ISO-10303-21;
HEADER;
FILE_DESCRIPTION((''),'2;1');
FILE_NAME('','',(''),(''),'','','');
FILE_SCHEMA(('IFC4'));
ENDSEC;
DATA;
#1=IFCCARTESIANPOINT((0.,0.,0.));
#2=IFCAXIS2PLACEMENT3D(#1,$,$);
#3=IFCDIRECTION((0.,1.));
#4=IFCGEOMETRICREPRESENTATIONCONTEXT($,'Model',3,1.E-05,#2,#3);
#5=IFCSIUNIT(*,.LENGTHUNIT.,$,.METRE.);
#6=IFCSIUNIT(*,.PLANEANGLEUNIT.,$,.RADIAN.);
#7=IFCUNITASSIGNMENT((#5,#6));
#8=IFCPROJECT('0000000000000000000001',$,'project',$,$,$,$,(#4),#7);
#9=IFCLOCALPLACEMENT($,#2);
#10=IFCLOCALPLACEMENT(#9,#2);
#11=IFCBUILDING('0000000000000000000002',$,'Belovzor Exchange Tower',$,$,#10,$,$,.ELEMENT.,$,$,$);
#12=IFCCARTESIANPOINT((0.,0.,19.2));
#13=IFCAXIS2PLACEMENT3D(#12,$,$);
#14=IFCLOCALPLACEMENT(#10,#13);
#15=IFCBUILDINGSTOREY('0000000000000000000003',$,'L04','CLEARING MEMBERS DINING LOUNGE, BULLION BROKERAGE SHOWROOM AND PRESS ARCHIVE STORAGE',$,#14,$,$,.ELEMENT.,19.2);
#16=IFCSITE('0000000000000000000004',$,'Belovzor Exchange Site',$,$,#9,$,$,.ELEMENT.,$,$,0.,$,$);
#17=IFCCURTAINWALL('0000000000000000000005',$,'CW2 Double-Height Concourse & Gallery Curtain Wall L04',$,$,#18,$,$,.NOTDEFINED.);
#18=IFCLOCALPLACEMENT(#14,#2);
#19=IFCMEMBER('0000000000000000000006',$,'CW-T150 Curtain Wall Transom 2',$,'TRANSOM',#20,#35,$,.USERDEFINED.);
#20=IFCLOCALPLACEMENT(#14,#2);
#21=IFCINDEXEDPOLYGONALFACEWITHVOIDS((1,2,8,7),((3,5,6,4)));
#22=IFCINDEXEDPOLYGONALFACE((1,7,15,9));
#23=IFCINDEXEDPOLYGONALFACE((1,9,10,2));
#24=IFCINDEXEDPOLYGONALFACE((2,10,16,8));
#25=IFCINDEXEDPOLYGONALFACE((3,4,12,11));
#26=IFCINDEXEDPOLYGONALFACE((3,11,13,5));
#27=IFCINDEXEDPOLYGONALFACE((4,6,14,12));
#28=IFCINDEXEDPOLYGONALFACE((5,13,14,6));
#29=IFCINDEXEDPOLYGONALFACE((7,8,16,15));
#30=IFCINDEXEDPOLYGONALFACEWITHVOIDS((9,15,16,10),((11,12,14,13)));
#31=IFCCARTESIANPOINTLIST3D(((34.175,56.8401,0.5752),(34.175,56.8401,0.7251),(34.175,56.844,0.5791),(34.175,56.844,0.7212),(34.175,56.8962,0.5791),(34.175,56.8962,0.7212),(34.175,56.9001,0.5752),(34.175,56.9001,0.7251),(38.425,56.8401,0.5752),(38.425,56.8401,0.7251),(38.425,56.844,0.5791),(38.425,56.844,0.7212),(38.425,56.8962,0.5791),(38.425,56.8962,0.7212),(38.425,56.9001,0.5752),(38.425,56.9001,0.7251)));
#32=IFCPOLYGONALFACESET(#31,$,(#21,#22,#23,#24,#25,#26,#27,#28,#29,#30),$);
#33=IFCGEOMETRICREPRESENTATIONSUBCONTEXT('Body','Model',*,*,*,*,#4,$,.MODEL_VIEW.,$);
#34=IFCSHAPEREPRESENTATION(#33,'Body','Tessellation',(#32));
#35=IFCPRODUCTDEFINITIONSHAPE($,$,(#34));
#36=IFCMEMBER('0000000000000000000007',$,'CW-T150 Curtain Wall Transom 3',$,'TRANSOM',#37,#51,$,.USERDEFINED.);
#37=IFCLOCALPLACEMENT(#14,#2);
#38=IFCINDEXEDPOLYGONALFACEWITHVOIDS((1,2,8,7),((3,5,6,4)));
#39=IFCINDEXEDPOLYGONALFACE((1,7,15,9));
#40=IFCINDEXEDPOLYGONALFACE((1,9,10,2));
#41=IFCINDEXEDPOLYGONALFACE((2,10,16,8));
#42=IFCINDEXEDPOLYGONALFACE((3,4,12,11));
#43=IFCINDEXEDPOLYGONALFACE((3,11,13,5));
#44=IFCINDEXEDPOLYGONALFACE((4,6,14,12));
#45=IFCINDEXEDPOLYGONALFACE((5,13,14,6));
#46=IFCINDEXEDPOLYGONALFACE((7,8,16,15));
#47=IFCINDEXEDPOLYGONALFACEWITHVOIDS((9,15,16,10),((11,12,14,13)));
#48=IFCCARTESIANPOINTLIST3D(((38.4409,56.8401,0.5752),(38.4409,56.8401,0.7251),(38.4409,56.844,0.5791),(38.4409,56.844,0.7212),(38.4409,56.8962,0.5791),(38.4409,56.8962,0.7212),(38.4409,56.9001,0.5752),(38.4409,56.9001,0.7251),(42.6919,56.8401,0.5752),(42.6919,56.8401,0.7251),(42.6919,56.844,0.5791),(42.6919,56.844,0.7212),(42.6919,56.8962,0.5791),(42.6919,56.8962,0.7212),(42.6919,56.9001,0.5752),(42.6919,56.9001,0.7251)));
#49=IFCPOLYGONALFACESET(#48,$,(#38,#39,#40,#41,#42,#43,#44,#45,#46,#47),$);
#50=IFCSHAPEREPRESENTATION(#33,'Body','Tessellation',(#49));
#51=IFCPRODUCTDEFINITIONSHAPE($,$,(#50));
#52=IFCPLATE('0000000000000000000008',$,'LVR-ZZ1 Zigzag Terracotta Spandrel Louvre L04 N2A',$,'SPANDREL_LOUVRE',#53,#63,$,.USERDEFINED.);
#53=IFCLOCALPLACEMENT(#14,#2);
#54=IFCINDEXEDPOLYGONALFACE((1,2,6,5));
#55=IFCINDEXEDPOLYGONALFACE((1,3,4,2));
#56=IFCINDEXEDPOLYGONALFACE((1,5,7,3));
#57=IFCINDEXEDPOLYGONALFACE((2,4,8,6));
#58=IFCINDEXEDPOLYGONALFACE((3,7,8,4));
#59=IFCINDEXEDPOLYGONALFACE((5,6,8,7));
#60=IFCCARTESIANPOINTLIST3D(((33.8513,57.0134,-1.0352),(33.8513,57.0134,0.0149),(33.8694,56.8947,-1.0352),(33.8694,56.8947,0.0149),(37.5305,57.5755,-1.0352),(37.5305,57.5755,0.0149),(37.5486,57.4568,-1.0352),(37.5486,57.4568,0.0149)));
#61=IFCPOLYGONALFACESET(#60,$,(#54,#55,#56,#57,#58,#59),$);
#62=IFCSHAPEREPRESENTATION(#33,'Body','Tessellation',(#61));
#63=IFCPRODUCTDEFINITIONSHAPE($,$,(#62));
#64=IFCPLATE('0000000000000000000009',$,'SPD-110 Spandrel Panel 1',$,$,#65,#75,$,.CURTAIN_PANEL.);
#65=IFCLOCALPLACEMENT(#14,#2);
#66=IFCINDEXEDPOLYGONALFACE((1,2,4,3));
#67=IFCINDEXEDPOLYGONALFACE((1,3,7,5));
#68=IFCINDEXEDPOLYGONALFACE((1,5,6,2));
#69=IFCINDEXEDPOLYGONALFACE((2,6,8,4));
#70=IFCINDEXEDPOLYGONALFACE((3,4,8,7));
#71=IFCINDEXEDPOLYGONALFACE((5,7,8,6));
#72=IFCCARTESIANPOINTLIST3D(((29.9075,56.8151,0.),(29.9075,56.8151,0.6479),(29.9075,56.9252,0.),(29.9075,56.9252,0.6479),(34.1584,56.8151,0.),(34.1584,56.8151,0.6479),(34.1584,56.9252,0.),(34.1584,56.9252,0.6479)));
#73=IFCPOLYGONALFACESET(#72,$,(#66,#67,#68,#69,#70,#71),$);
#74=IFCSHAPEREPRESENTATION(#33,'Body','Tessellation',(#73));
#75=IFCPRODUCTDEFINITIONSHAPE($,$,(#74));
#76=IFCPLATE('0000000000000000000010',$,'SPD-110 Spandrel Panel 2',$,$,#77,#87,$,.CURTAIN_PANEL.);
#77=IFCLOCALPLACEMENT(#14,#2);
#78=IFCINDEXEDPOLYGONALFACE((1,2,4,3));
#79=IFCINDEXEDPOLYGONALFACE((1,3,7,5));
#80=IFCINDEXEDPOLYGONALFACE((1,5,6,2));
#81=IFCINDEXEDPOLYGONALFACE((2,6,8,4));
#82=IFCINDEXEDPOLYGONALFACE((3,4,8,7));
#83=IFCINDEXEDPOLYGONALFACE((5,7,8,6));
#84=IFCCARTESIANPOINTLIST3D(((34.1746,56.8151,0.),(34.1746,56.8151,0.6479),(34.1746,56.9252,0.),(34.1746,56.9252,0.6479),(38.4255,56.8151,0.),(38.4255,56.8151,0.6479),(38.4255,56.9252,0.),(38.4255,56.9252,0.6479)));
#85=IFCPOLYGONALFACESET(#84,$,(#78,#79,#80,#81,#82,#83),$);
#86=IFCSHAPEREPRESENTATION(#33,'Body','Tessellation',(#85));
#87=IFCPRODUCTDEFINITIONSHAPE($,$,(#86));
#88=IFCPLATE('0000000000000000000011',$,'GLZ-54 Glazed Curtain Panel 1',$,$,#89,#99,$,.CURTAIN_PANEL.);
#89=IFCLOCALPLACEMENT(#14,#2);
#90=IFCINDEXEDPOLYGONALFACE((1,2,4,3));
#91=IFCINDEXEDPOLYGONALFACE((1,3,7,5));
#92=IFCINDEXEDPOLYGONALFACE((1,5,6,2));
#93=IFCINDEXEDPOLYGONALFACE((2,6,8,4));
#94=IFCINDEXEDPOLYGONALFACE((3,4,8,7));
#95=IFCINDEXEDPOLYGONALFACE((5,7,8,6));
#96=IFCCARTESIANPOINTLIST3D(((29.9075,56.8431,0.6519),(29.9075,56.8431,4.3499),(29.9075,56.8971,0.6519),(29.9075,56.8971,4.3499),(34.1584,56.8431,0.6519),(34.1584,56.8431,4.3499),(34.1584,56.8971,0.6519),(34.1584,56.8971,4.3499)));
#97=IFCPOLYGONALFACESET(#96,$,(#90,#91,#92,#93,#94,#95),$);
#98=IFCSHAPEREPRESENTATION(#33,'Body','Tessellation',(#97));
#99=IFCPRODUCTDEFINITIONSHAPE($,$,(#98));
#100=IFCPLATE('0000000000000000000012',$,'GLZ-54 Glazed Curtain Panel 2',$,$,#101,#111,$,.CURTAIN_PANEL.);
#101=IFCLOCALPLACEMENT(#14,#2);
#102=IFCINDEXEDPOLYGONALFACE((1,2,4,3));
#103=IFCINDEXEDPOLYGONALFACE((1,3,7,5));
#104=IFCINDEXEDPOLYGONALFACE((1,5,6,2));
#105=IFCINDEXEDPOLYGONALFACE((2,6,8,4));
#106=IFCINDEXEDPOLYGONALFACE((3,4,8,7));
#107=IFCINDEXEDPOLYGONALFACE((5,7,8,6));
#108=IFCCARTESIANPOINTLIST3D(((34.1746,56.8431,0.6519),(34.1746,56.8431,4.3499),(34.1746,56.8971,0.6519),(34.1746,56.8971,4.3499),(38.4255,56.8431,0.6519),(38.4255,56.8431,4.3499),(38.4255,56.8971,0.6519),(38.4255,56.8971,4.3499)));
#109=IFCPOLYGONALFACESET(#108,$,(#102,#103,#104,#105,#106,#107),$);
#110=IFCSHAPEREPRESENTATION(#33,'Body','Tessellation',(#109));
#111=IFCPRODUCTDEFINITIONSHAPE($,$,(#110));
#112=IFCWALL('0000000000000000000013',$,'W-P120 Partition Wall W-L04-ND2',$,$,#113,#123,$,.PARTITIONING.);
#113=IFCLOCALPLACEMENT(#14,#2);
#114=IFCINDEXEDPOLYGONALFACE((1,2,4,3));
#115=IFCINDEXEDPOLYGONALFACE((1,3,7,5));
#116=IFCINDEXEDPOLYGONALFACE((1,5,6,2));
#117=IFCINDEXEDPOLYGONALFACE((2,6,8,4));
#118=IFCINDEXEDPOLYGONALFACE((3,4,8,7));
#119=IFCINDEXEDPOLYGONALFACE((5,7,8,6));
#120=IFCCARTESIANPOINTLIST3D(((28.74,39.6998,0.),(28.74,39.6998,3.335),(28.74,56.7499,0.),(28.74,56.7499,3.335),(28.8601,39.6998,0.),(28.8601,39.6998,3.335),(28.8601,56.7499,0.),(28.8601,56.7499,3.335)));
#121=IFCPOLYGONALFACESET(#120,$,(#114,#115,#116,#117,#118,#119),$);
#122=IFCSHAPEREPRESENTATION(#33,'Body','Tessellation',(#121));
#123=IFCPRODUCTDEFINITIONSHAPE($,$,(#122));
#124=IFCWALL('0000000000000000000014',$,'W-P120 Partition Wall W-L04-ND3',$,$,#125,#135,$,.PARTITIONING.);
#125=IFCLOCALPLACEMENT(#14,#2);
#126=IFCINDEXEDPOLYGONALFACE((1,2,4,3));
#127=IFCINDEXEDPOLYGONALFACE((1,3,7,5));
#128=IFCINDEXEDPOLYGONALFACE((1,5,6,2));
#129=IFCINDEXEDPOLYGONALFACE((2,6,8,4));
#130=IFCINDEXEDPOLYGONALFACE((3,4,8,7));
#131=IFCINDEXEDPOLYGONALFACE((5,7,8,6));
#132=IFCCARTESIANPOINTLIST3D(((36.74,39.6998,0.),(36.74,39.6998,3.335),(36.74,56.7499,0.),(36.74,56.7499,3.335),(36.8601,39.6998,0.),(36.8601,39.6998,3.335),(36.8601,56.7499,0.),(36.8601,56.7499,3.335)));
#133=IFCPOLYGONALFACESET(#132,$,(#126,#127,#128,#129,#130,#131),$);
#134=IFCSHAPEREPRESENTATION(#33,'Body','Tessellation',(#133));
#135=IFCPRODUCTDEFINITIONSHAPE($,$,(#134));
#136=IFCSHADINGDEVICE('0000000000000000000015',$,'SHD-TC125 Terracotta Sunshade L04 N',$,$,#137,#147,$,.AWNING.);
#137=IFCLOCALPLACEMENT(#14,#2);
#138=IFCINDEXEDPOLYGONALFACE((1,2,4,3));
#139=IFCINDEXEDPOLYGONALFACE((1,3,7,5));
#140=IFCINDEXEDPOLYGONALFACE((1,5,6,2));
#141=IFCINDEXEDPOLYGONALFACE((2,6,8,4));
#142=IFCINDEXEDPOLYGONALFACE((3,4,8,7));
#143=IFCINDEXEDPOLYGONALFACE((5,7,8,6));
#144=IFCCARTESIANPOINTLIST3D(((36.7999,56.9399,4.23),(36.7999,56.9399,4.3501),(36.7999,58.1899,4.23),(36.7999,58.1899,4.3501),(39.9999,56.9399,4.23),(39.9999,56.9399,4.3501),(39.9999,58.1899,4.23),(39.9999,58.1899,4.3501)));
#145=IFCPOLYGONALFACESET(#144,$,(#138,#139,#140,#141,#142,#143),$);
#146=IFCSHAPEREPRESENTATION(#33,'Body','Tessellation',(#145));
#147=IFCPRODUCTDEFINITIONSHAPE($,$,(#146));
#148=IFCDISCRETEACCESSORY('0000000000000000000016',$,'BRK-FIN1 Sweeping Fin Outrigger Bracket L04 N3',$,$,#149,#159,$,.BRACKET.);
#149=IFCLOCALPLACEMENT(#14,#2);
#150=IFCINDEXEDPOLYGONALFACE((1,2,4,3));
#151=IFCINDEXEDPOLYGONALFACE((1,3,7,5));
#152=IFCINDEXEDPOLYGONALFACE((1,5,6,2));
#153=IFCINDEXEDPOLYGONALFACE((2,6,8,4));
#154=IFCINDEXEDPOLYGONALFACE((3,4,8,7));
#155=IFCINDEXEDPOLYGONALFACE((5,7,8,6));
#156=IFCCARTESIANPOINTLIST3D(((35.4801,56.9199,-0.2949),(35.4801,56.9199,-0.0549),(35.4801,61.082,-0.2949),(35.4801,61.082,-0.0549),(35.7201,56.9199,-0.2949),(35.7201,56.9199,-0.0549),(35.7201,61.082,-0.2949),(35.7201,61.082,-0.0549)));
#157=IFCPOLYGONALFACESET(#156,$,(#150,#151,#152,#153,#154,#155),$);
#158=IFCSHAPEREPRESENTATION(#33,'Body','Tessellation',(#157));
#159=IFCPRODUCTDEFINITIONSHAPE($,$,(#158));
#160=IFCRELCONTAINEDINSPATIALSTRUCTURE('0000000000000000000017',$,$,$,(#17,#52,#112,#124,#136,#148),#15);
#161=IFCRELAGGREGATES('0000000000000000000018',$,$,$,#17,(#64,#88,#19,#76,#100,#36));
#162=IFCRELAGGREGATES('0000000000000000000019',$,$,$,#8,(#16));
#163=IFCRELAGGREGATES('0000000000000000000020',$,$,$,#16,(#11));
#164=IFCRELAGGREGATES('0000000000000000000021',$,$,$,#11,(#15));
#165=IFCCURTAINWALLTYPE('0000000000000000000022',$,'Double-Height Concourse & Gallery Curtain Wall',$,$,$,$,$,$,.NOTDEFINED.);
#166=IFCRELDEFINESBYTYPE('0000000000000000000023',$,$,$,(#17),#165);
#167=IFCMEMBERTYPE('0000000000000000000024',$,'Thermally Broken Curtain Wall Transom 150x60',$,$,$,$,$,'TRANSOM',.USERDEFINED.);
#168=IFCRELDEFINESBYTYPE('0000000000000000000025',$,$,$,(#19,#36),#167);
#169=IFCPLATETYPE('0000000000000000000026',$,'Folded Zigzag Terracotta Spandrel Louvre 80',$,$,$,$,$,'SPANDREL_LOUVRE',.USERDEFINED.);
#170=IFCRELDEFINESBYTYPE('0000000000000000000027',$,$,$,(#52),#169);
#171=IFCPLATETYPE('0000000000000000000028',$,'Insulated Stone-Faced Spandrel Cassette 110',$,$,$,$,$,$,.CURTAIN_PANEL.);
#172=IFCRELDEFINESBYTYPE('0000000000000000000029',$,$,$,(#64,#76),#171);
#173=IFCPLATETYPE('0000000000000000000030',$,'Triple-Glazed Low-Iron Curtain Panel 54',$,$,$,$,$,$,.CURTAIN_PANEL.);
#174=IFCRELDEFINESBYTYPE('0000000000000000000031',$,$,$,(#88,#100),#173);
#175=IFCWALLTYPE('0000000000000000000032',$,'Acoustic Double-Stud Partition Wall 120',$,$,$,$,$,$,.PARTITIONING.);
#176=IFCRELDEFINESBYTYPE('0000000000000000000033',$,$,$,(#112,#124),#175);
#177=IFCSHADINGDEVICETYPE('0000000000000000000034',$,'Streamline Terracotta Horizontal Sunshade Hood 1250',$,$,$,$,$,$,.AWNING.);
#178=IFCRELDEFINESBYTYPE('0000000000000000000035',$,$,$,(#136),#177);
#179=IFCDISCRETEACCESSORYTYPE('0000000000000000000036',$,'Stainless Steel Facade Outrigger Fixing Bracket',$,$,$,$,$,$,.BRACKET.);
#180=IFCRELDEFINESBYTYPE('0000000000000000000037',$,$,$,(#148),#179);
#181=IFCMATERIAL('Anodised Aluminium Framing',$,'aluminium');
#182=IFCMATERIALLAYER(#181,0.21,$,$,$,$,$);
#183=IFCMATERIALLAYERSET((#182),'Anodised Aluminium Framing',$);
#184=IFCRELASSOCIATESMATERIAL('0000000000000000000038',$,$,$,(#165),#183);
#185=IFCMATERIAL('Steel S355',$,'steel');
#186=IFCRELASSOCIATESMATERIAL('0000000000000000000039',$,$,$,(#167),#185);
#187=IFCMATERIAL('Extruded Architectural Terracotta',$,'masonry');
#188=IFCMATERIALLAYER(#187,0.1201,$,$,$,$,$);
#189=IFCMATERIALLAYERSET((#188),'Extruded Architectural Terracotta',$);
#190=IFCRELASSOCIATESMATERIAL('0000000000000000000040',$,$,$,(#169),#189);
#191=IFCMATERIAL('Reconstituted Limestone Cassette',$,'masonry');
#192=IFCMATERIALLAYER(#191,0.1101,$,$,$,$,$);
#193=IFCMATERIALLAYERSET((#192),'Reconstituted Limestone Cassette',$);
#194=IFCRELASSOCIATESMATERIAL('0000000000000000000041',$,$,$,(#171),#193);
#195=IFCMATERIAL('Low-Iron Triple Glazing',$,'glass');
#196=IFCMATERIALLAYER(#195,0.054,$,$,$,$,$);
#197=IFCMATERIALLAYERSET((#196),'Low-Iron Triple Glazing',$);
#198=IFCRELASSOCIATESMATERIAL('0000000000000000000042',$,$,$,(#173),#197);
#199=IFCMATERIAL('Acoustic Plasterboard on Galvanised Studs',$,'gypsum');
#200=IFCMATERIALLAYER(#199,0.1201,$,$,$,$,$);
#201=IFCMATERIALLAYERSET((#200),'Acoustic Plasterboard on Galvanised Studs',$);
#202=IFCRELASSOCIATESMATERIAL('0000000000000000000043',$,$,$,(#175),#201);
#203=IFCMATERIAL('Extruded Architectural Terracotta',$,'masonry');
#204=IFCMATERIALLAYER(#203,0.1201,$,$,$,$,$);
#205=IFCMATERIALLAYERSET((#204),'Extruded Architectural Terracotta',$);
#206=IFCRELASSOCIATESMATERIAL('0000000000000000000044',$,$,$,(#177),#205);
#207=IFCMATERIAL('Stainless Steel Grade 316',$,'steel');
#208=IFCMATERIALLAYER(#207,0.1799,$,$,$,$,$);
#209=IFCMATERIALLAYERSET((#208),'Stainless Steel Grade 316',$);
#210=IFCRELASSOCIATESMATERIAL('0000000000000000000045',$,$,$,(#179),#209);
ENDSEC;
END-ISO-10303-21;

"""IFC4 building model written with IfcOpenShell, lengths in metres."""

from ifc_helpers import new_model, si_unit, direction, frame, frame_2d, origin, origin_2d, place, context, subcontext, project, spatial, rectangle, hollow_rectangle, extrude, material, layer, layer_set, material_profile, profile_set, type_object, element, aggregate, save


model = new_model("IFC4")

# Units and contexts
model_context = context("Model", 3, precision=1e-05, world=origin(), true_north=direction((0.0, 1.0)))
body_context = subcontext(model_context, "Body", "Model", "MODEL_VIEW")
ifc_project = project(units=[si_unit("LENGTHUNIT", "METRE"), si_unit("PLANEANGLEUNIT", "RADIAN")], contexts=[model_context])

# Site, building, storey
site_placement = place(None, origin())
site = spatial("IfcSite", under=ifc_project, at=site_placement, Name="Belovzor Exchange Site", CompositionType="ELEMENT", RefElevation=0.0)
building_placement = place(site_placement, origin())
building = spatial("IfcBuilding", under=site, at=building_placement, Name="Belovzor Exchange Tower", CompositionType="ELEMENT")
storey_placement = place(building_placement, frame((0.0, 0.0, 19.2)))
storey = spatial("IfcBuildingStorey", under=building, at=storey_placement, Name="L04", Description="CLEARING MEMBERS DINING LOUNGE, BULLION BROKERAGE SHOWROOM AND PRESS ARCHIVE STORAGE", CompositionType="ELEMENT", Elevation=19.2)

# Curtain wall, members
ifc_material_1 = material(Name="Anodised Aluminium Framing", Category="aluminium")
ifc_layer_1 = layer(ifc_material_1, 0.21)
ifc_layer_set_1 = layer_set([ifc_layer_1], Name="Anodised Aluminium Framing")
curtain_wall_type = type_object("IfcCurtainWallType", Name="Double-Height Concourse & Gallery Curtain Wall", PredefinedType="NOTDEFINED", material=ifc_layer_set_1)
curtain_wall_placement = place(storey_placement, origin())
curtain_wall = element("IfcCurtainWall", 1, at=curtain_wall_placement, inside=storey, type_object=curtain_wall_type, Name="CW2 Double-Height Concourse & Gallery Curtain Wall L04", PredefinedType="NOTDEFINED")
ifc_material_2 = material(Name="Steel S355", Category="steel")
ifc_material_profile_1 = material_profile(ifc_material_2, hollow_rectangle(XDim=0.0601, YDim=0.1499, WallThickness=0.0039, at=origin_2d()))
ifc_profile_set_1 = profile_set([ifc_material_profile_1], Name="Steel S355")
member_type_1 = type_object("IfcMemberType", Name="Thermally Broken Curtain Wall Transom 150x60", ElementType="TRANSOM", PredefinedType="USERDEFINED", material=ifc_profile_set_1)
member_1_placement = place(storey_placement, frame((34.175, 56.8701, 0.6501), z_axis=(1.0, 0.0, 0.0), x_axis=(0.0, 1.0, 0.0)))
member_1 = element("IfcMember", 2, at=member_1_placement, type_object=member_type_1, Name="CW-T150 Curtain Wall Transom 2", ObjectType="TRANSOM", PredefinedType="USERDEFINED", context=body_context, shape_type="SweptSolid", body=[
    extrude(hollow_rectangle(XDim=0.0601, YDim=0.1499, WallThickness=0.0039, at=origin_2d()), origin(), (0.0, 0.0, 1.0), 4.25),
])
member_2_placement = place(storey_placement, frame((38.4409, 56.8701, 0.6501), z_axis=(1.0, 0.0, 0.0), x_axis=(0.0, 1.0, 0.0)))
member_2 = element("IfcMember", 3, at=member_2_placement, type_object=member_type_1, Name="CW-T150 Curtain Wall Transom 3", ObjectType="TRANSOM", PredefinedType="USERDEFINED", context=body_context, shape_type="SweptSolid", body=[
    extrude(hollow_rectangle(XDim=0.0601, YDim=0.1499, WallThickness=0.0039, at=origin_2d()), origin(), (0.0, 0.0, 1.0), 4.251),
])

# Plates
ifc_material_3 = material(Name="Extruded Architectural Terracotta", Category="masonry")
ifc_layer_2 = layer(ifc_material_3, 0.1201)
ifc_layer_set_2 = layer_set([ifc_layer_2], Name="Extruded Architectural Terracotta")
plate_type_1 = type_object("IfcPlateType", Name="Folded Zigzag Terracotta Spandrel Louvre 80", ElementType="SPANDREL_LOUVRE", PredefinedType="USERDEFINED", material=ifc_layer_set_2)
plate_1_placement = place(storey_placement, frame((35.7, 57.2351, -1.0352), z_axis=(0.0, 0.0, 1.0), x_axis=(0.988531, 0.151019, 0.0)))
element("IfcPlate", 4, at=plate_1_placement, inside=storey, type_object=plate_type_1, Name="LVR-ZZ1 Zigzag Terracotta Spandrel Louvre L04 N2A", ObjectType="SPANDREL_LOUVRE", PredefinedType="USERDEFINED", context=body_context, shape_type="SweptSolid", body=[
    extrude(rectangle(XDim=3.7219, YDim=0.1201, at=origin_2d()), origin(), (0.0, 0.0, 1.0), 1.05),
])
ifc_material_4 = material(Name="Reconstituted Limestone Cassette", Category="masonry")
ifc_layer_3 = layer(ifc_material_4, 0.1101)
ifc_layer_set_3 = layer_set([ifc_layer_3], Name="Reconstituted Limestone Cassette")
plate_type_2 = type_object("IfcPlateType", Name="Insulated Stone-Faced Spandrel Cassette 110", PredefinedType="CURTAIN_PANEL", material=ifc_layer_set_3)
plate_2_placement = place(storey_placement, frame((32.033, 56.8701, 0.0), z_axis=(0.0, 0.0, 1.0), x_axis=(1.0, 0.0, 0.0)))
plate_2 = element("IfcPlate", 5, at=plate_2_placement, type_object=plate_type_2, Name="SPD-110 Spandrel Panel 1", PredefinedType="CURTAIN_PANEL", context=body_context, shape_type="SweptSolid", body=[
    extrude(rectangle(XDim=4.251, YDim=0.1101, at=origin_2d()), origin(), (0.0, 0.0, 1.0), 0.6479),
])
plate_3_placement = place(storey_placement, frame((36.3, 56.8701, 0.0), z_axis=(0.0, 0.0, 1.0), x_axis=(1.0, 0.0, 0.0)))
plate_3 = element("IfcPlate", 6, at=plate_3_placement, type_object=plate_type_2, Name="SPD-110 Spandrel Panel 2", PredefinedType="CURTAIN_PANEL", context=body_context, shape_type="SweptSolid", body=[
    extrude(rectangle(XDim=4.251, YDim=0.1101, at=origin_2d()), origin(), (0.0, 0.0, 1.0), 0.6479),
])
ifc_material_5 = material(Name="Low-Iron Triple Glazing", Category="glass")
ifc_layer_4 = layer(ifc_material_5, 0.054)
ifc_layer_set_4 = layer_set([ifc_layer_4], Name="Low-Iron Triple Glazing")
plate_type_3 = type_object("IfcPlateType", Name="Triple-Glazed Low-Iron Curtain Panel 54", PredefinedType="CURTAIN_PANEL", material=ifc_layer_set_4)
plate_4_placement = place(storey_placement, frame((32.033, 56.8701, 0.6519), z_axis=(0.0, 0.0, 1.0), x_axis=(1.0, 0.0, 0.0)))
plate_4 = element("IfcPlate", 7, at=plate_4_placement, type_object=plate_type_3, Name="GLZ-54 Glazed Curtain Panel 1", PredefinedType="CURTAIN_PANEL", context=body_context, shape_type="SweptSolid", body=[
    extrude(rectangle(XDim=4.251, YDim=0.054, at=origin_2d()), origin(), (0.0, 0.0, 1.0), 3.698),
])
plate_5_placement = place(storey_placement, frame((36.3, 56.8701, 0.6519), z_axis=(0.0, 0.0, 1.0), x_axis=(1.0, 0.0, 0.0)))
plate_5 = element("IfcPlate", 8, at=plate_5_placement, type_object=plate_type_3, Name="GLZ-54 Glazed Curtain Panel 2", PredefinedType="CURTAIN_PANEL", context=body_context, shape_type="SweptSolid", body=[
    extrude(rectangle(XDim=4.251, YDim=0.054, at=origin_2d()), origin(), (0.0, 0.0, 1.0), 3.698),
])
aggregate(curtain_wall, [plate_2, plate_4, member_1, plate_3, plate_5, member_2])

# Walls
ifc_material_6 = material(Name="Acoustic Plasterboard on Galvanised Studs", Category="gypsum")
ifc_layer_5 = layer(ifc_material_6, 0.1201)
ifc_layer_set_5 = layer_set([ifc_layer_5], Name="Acoustic Plasterboard on Galvanised Studs")
wall_type = type_object("IfcWallType", Name="Acoustic Double-Stud Partition Wall 120", PredefinedType="PARTITIONING", material=ifc_layer_set_5)
for number, where, z_axis, x_axis, name in (
    (9, (28.8, 39.7, 0.0), (0.0, 0.0, 1.0), (0.0, 1.0, 0.0), "W-P120 Partition Wall W-L04-ND2"),
    (10, (36.8, 39.7, 0.0), (0.0, 0.0, 1.0), (0.0, 1.0, 0.0), "W-P120 Partition Wall W-L04-ND3"),
):
    element("IfcWall", number, at=place(storey_placement, frame(where, z_axis=z_axis, x_axis=x_axis)), inside=storey, type_object=wall_type, Name=name, PredefinedType="PARTITIONING", context=body_context, shape_type="SweptSolid", body=[
        extrude(rectangle(XDim=17.05, YDim=0.1201, at=frame_2d((8.5249, 0.0))), origin(), (0.0, 0.0, 1.0), 3.335),
    ])

# Shading device
ifc_material_7 = material(Name="Extruded Architectural Terracotta", Category="masonry")
ifc_layer_6 = layer(ifc_material_7, 0.1201)
ifc_layer_set_6 = layer_set([ifc_layer_6], Name="Extruded Architectural Terracotta")
shading_device_type = type_object("IfcShadingDeviceType", Name="Streamline Terracotta Horizontal Sunshade Hood 1250", PredefinedType="AWNING", material=ifc_layer_set_6)
shading_device_placement = place(storey_placement, frame((38.3999, 57.5649, 4.23), z_axis=(0.0, 0.0, 1.0), x_axis=(1.0, 0.0, 0.0)))
element("IfcShadingDevice", 11, at=shading_device_placement, inside=storey, type_object=shading_device_type, Name="SHD-TC125 Terracotta Sunshade L04 N", PredefinedType="AWNING", context=body_context, shape_type="SweptSolid", body=[
    extrude(rectangle(XDim=3.2, YDim=1.25, at=origin_2d()), origin(), (0.0, 0.0, 1.0), 0.1201),
])

# Discrete accessory
ifc_material_8 = material(Name="Stainless Steel Grade 316", Category="steel")
ifc_layer_7 = layer(ifc_material_8, 0.1799)
ifc_layer_set_7 = layer_set([ifc_layer_7], Name="Stainless Steel Grade 316")
discrete_accessory_type = type_object("IfcDiscreteAccessoryType", Name="Stainless Steel Facade Outrigger Fixing Bracket", PredefinedType="BRACKET", material=ifc_layer_set_7)
discrete_accessory_placement = place(storey_placement, frame((35.6001, 59.001, -0.2949), z_axis=(0.0, 0.0, 1.0), x_axis=(0.0, 1.0, 0.0)))
element("IfcDiscreteAccessory", 12, at=discrete_accessory_placement, inside=storey, type_object=discrete_accessory_type, Name="BRK-FIN1 Sweeping Fin Outrigger Bracket L04 N3", PredefinedType="BRACKET", context=body_context, shape_type="SweptSolid", body=[
    extrude(rectangle(XDim=4.1621, YDim=0.24, at=origin_2d()), origin(), (0.0, 0.0, 1.0), 0.24),
])

save(model, "model.ifc")
